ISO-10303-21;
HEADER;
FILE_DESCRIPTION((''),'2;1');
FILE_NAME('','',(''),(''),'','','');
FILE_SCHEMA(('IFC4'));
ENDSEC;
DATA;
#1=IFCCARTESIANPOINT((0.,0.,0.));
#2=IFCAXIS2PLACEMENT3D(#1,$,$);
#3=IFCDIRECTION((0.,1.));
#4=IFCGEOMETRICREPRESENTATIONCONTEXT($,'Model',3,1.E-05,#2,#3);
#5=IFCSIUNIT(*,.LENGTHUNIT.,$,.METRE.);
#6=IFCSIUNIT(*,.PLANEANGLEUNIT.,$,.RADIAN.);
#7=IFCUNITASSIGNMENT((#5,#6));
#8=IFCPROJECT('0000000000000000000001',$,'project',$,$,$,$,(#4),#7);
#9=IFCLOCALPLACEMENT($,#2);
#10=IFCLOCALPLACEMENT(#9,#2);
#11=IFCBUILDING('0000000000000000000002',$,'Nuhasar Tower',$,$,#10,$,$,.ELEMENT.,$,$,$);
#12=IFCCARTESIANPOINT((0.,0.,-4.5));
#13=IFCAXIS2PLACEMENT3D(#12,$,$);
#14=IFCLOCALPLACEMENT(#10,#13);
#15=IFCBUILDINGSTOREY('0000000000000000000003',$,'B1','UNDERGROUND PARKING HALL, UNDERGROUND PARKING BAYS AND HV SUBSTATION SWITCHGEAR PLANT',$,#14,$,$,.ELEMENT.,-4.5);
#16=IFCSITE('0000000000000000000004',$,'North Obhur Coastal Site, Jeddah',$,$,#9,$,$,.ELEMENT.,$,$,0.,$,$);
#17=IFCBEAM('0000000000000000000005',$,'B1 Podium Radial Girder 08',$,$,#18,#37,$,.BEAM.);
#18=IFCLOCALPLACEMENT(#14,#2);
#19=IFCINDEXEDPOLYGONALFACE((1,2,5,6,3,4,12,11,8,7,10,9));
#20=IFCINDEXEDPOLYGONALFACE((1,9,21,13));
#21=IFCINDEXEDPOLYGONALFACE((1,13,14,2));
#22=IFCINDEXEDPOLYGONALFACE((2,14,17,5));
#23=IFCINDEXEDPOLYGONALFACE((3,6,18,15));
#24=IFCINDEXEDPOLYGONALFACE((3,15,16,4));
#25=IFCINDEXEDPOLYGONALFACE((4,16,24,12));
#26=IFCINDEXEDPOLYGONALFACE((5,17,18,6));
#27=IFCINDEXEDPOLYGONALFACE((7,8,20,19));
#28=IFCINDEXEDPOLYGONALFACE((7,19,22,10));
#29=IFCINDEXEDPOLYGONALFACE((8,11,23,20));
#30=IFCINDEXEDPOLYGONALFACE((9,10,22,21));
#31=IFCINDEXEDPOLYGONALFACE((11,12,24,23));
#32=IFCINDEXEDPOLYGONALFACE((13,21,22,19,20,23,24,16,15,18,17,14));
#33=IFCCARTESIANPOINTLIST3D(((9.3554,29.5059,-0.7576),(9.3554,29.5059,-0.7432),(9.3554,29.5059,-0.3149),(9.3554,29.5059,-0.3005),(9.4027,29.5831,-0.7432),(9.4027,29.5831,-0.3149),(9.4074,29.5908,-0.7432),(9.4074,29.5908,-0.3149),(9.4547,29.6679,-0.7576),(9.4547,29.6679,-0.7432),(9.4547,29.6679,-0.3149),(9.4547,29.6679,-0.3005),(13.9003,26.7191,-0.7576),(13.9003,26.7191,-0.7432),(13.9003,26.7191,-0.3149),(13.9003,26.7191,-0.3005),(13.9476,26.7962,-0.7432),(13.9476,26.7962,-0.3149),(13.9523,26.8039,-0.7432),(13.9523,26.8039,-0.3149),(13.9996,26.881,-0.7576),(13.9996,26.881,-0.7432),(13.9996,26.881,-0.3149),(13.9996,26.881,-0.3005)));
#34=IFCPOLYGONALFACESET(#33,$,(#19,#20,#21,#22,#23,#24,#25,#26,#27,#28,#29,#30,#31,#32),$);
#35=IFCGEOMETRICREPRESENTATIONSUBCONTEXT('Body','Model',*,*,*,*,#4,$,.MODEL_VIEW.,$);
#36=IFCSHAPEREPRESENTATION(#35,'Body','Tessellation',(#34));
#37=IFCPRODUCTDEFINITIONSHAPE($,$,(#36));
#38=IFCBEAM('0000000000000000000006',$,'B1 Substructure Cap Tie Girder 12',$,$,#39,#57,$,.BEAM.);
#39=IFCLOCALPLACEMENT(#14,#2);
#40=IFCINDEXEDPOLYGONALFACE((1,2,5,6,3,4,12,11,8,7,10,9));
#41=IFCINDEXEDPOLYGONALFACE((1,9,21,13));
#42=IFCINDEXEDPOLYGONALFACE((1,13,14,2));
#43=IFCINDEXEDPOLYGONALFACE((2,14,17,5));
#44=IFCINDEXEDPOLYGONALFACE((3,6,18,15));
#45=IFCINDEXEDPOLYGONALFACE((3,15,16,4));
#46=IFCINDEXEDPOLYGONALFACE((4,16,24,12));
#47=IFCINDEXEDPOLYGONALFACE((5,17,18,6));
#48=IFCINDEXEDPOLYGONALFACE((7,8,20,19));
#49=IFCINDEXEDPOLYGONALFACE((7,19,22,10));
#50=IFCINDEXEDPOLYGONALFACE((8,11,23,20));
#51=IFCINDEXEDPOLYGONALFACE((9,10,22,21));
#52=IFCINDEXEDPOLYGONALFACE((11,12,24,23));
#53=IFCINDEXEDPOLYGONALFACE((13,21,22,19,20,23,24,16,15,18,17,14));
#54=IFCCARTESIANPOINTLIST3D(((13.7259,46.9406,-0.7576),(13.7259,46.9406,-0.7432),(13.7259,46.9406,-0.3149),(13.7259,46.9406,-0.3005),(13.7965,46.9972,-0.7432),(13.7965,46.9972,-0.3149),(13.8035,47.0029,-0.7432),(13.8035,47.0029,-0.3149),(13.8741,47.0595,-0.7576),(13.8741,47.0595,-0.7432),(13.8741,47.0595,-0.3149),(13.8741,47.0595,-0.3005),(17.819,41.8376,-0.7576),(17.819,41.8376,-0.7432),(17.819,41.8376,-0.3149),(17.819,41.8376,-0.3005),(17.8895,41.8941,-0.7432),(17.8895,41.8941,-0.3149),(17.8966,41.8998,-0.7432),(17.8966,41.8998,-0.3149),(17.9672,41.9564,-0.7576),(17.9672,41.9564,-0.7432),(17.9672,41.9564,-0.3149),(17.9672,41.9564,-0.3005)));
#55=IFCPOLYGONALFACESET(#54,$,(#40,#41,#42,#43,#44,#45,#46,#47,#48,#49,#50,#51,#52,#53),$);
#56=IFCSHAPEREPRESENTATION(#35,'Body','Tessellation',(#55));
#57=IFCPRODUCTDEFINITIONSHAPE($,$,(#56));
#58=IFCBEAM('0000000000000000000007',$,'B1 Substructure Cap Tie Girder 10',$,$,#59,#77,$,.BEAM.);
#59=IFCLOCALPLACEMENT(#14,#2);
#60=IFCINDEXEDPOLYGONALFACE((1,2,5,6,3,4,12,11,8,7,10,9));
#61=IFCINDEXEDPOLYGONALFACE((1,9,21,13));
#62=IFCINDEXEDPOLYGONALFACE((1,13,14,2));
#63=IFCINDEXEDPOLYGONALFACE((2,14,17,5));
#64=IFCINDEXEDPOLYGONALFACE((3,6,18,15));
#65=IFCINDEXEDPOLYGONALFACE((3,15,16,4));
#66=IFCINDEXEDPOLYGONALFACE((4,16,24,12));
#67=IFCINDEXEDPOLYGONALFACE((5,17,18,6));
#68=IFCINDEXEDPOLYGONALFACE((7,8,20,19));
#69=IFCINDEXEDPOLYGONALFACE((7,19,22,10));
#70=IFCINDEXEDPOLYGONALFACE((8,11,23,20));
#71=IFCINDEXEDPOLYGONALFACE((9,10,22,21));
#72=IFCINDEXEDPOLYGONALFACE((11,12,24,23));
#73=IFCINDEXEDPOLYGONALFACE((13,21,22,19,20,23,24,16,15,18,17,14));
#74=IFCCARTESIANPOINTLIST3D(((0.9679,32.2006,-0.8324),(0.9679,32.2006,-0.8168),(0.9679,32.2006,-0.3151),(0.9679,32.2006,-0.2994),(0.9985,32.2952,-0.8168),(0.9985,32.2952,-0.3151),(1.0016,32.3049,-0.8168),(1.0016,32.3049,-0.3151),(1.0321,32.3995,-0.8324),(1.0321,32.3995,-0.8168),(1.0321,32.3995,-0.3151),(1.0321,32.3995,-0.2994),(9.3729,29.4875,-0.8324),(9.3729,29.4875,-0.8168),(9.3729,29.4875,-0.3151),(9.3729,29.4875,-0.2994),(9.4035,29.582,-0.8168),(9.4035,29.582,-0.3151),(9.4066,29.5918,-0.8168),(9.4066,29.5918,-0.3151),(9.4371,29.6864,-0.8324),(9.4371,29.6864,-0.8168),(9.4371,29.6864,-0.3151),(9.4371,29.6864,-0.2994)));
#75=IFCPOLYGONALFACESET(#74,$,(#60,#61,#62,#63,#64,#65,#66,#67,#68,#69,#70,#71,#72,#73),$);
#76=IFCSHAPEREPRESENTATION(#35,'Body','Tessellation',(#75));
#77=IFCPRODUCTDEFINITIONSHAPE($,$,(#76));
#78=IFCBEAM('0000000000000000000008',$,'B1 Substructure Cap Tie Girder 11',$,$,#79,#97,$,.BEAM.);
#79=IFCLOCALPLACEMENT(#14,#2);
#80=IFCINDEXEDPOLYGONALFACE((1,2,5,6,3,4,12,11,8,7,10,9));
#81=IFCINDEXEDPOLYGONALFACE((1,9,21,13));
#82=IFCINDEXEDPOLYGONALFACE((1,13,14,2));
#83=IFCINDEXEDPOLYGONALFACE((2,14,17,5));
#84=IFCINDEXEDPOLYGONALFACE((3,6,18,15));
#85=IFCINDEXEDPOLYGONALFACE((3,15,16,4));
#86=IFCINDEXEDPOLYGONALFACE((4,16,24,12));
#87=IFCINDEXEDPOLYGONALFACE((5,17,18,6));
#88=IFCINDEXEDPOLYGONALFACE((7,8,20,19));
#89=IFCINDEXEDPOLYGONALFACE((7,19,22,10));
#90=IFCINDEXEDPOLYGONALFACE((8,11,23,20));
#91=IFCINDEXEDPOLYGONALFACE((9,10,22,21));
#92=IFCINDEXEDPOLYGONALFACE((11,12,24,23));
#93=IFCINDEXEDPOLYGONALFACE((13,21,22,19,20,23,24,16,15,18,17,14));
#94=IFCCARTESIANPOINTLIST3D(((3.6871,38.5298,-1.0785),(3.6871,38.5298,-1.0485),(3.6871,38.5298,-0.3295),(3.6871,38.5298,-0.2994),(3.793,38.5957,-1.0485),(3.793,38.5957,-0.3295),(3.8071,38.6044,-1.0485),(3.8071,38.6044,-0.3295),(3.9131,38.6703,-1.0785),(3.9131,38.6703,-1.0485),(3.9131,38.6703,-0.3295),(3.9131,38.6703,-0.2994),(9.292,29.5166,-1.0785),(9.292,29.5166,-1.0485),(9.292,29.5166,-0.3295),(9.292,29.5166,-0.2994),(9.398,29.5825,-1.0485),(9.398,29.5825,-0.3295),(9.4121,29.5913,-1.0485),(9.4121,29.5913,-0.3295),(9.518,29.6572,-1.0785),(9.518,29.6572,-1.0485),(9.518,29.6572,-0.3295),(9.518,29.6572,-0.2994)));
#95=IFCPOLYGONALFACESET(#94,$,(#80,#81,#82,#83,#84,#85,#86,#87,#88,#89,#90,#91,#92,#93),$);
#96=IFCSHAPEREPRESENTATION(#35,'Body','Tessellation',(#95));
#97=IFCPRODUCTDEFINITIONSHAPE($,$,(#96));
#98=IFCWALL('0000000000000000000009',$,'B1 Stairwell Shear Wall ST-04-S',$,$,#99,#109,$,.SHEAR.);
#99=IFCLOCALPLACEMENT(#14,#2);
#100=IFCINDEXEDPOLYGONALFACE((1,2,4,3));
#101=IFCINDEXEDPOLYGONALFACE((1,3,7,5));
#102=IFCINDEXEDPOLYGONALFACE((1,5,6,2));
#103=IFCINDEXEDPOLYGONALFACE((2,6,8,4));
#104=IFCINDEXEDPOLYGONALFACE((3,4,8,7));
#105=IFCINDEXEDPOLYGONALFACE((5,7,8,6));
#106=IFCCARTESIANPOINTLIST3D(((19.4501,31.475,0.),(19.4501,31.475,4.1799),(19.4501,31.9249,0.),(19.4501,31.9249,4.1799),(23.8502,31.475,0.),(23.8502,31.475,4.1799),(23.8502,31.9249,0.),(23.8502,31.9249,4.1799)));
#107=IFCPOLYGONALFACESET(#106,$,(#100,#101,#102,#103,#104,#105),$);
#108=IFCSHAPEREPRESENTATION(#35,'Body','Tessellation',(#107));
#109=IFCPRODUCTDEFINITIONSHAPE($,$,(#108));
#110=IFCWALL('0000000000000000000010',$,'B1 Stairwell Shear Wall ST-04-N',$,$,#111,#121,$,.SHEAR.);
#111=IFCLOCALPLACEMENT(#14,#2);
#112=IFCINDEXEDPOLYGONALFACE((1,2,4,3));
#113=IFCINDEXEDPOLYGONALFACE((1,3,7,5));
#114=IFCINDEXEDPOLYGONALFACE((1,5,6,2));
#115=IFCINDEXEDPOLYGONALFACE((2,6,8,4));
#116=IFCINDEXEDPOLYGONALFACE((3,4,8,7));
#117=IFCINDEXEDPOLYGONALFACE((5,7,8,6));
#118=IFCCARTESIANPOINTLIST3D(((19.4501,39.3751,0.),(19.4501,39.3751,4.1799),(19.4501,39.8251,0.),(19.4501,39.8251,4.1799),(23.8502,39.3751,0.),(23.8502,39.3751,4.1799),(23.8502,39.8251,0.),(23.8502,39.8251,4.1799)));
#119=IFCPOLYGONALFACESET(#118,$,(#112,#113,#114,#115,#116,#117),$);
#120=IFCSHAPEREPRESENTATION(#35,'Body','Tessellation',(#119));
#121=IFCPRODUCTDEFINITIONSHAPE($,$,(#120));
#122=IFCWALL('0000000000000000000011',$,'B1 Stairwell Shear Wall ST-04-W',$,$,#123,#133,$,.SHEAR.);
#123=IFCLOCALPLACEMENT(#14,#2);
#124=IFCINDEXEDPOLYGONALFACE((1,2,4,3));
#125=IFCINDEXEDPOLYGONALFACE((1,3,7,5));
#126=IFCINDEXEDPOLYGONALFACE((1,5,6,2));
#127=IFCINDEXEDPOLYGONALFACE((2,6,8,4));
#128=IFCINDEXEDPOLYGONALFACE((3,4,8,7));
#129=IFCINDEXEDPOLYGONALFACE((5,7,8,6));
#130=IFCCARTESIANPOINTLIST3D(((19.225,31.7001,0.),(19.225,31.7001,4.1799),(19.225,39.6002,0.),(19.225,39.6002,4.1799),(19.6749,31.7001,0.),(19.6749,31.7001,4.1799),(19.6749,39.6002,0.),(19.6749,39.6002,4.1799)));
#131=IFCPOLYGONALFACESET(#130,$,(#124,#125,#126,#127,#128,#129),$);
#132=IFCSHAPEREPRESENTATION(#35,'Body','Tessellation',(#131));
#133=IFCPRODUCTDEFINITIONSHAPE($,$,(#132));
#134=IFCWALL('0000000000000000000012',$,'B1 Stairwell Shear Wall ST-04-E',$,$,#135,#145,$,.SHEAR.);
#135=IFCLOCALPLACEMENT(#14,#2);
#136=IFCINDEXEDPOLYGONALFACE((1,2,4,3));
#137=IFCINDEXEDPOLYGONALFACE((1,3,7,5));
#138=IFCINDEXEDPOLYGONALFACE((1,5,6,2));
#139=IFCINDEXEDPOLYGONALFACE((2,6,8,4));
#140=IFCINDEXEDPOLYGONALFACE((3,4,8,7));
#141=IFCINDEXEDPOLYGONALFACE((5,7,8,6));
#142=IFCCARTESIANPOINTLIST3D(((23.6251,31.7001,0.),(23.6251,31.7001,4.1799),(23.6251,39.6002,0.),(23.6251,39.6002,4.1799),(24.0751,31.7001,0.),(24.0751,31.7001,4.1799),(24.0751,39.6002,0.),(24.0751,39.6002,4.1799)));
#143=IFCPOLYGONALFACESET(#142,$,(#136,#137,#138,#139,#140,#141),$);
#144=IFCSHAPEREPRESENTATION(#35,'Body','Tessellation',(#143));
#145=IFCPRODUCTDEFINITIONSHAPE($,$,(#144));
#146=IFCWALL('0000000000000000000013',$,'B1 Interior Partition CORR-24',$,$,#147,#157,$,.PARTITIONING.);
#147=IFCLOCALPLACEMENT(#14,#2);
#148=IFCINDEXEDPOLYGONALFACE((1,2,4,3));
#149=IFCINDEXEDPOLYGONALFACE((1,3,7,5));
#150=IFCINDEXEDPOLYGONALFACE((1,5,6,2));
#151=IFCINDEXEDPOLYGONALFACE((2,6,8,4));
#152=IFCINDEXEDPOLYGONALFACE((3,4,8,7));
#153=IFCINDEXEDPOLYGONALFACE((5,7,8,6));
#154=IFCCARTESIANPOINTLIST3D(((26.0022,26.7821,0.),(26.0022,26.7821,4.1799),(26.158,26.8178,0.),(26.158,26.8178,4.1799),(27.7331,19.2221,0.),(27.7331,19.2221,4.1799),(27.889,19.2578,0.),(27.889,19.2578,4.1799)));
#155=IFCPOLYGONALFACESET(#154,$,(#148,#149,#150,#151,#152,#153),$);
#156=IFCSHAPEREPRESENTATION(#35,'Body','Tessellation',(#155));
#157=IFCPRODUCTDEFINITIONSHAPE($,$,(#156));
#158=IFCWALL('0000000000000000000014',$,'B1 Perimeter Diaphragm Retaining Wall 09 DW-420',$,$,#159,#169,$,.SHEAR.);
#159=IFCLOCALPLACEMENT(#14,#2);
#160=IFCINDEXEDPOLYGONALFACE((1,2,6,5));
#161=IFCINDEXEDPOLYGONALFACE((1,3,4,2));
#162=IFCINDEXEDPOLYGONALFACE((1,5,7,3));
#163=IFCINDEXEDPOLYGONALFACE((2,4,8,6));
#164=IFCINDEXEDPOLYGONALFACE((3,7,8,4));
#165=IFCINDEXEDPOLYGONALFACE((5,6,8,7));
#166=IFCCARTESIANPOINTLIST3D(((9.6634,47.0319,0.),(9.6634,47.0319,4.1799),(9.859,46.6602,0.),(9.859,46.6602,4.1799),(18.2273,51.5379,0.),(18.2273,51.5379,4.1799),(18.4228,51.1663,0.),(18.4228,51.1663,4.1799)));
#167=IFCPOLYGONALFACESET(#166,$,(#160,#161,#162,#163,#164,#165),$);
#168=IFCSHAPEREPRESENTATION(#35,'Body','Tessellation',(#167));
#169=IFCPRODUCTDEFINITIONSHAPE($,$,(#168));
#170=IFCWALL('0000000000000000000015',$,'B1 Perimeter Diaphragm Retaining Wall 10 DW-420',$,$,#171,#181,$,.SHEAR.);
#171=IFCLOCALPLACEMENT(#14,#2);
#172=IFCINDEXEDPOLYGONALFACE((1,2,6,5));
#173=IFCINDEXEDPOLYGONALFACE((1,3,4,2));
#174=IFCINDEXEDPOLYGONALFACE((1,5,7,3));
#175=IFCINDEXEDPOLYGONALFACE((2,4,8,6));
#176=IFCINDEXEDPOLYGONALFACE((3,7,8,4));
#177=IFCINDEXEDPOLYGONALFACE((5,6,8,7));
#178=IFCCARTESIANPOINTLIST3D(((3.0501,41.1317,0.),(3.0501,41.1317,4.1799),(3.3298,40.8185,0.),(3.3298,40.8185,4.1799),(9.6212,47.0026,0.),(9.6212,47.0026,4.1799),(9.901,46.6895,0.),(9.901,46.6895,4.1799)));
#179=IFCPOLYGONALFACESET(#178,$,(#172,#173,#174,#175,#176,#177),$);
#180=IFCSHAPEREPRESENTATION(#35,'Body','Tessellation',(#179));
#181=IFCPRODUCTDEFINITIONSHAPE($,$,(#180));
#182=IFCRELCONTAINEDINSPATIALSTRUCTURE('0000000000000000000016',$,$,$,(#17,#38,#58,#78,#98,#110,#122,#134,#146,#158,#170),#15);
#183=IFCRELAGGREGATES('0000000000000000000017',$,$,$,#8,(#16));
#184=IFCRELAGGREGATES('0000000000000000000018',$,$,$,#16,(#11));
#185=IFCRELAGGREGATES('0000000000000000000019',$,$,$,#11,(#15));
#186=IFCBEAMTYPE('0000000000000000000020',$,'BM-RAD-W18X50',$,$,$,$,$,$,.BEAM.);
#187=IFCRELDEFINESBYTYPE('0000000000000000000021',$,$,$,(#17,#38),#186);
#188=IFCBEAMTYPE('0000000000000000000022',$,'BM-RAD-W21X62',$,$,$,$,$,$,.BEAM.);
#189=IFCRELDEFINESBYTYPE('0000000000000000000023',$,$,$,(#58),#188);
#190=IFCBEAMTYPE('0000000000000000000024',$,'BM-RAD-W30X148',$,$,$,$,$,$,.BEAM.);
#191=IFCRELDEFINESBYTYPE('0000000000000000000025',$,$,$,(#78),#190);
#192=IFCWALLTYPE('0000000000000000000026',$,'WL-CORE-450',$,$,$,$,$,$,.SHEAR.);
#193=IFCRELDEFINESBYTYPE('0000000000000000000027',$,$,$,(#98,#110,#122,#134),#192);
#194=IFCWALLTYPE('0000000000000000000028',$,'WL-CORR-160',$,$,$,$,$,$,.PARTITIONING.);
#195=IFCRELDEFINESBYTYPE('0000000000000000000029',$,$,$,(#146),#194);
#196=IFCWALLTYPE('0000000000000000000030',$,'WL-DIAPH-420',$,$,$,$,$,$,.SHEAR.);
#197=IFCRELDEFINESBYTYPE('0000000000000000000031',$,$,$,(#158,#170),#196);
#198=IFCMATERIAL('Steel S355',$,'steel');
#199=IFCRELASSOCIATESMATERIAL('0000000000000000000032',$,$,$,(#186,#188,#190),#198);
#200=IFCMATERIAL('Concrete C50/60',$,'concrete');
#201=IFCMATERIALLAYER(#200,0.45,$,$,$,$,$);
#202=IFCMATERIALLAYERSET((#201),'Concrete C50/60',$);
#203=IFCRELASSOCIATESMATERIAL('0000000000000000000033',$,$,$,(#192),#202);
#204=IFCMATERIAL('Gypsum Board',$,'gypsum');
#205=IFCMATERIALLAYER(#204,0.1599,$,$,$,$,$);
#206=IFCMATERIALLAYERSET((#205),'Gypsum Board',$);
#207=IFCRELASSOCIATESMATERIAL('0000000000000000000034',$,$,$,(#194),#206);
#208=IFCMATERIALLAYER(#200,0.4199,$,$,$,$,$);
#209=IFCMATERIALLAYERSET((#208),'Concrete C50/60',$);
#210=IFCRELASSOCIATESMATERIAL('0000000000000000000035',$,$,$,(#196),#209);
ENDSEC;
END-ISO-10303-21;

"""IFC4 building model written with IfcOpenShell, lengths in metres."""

from ifc_helpers import new_model, si_unit, direction, frame, frame_2d, origin, origin_2d, place, context, subcontext, project, spatial, rectangle, i_section, extrude, material, layer, layer_set, material_profile, profile_set, type_object, element, save


model = new_model("IFC4")

# Units and contexts
model_context = context("Model", 3, precision=1e-05, world=origin(), true_north=direction((0.0, 1.0)))
body_context = subcontext(model_context, "Body", "Model", "MODEL_VIEW")
ifc_project = project(units=[si_unit("LENGTHUNIT", "METRE"), si_unit("PLANEANGLEUNIT", "RADIAN")], contexts=[model_context])

# Site, building, storey
site_placement = place(None, origin())
site = spatial("IfcSite", under=ifc_project, at=site_placement, Name="North Obhur Coastal Site, Jeddah", CompositionType="ELEMENT", RefElevation=0.0)
building_placement = place(site_placement, origin())
building = spatial("IfcBuilding", under=site, at=building_placement, Name="Nuhasar Tower", CompositionType="ELEMENT")
storey_placement = place(building_placement, frame((0.0, 0.0, -4.5)))
storey = spatial("IfcBuildingStorey", under=building, at=storey_placement, Name="B1", Description="UNDERGROUND PARKING HALL, UNDERGROUND PARKING BAYS AND HV SUBSTATION SWITCHGEAR PLANT", CompositionType="ELEMENT", Elevation=-4.5)

# Shared definitions
ifc_material_1 = material(Name="Concrete C50/60", Category="concrete")

# Beams
ifc_material_2 = material(Name="Steel S355", Category="steel")
ifc_material_profile_1 = material_profile(ifc_material_2, i_section(OverallWidth=0.1899, OverallDepth=0.457, WebThickness=0.009, FlangeThickness=0.0144, at=origin_2d()), Name="W18X50")
ifc_profile_set_1 = profile_set([ifc_material_profile_1], Name="Steel S355")
beam_type_1 = type_object("IfcBeamType", Name="BM-RAD-W18X50", PredefinedType="BEAM", material=ifc_profile_set_1)
beam_1_placement = place(storey_placement, frame((13.95, 26.8, -0.5291), z_axis=(-0.852495, 0.522735, 0.0), x_axis=(-0.522735, -0.852495, 0.0)))
element("IfcBeam", 1, at=beam_1_placement, inside=storey, type_object=beam_type_1, Name="B1 Podium Radial Girder 08", PredefinedType="BEAM", context=body_context, shape_type="SweptSolid", body=[
    extrude(i_section(OverallWidth=0.1899, OverallDepth=0.457, WebThickness=0.009, FlangeThickness=0.0144, at=origin_2d()), origin(), (0.0, 0.0, 1.0), 5.3313),
])
beam_2_placement = place(storey_placement, frame((17.8931, 41.897, -0.5291), z_axis=(-0.625682, 0.780078, 0.0), x_axis=(-0.780078, -0.625682, 0.0)))
element("IfcBeam", 2, at=beam_2_placement, inside=storey, type_object=beam_type_1, Name="B1 Substructure Cap Tie Girder 12", PredefinedType="BEAM", context=body_context, shape_type="SweptSolid", body=[
    extrude(i_section(OverallWidth=0.1899, OverallDepth=0.457, WebThickness=0.009, FlangeThickness=0.0144, at=origin_2d()), origin(), (0.0, 0.0, 1.0), 6.5417),
])
ifc_material_profile_2 = material_profile(ifc_material_2, i_section(OverallWidth=0.209, OverallDepth=0.533, WebThickness=0.0103, FlangeThickness=0.0156, at=origin_2d()), Name="W21X62")
ifc_profile_set_2 = profile_set([ifc_material_profile_2], Name="Steel S355")
beam_type_2 = type_object("IfcBeamType", Name="BM-RAD-W21X62", PredefinedType="BEAM", material=ifc_profile_set_2)
beam_3_placement = place(storey_placement, frame((9.405, 29.5869, -0.5659), z_axis=(-0.951648, 0.307191, 0.0), x_axis=(-0.307191, -0.951648, 0.0)))
element("IfcBeam", 3, at=beam_3_placement, inside=storey, type_object=beam_type_2, Name="B1 Substructure Cap Tie Girder 10", PredefinedType="BEAM", context=body_context, shape_type="SweptSolid", body=[
    extrude(i_section(OverallWidth=0.209, OverallDepth=0.533, WebThickness=0.0103, FlangeThickness=0.0156, at=origin_2d()), origin(), (0.0, 0.0, 1.0), 8.832),
])
ifc_material_profile_3 = material_profile(ifc_material_2, i_section(OverallWidth=0.2661, OverallDepth=0.7791, WebThickness=0.0166, FlangeThickness=0.03, at=origin_2d()), Name="W30X148")
ifc_profile_set_3 = profile_set([ifc_material_profile_3], Name="Steel S355")
beam_type_3 = type_object("IfcBeamType", Name="BM-RAD-W30X148", PredefinedType="BEAM", material=ifc_profile_set_3)
beam_4_placement = place(storey_placement, frame((9.405, 29.5869, -0.689), z_axis=(-0.528083, 0.849193, 0.0), x_axis=(-0.849193, -0.528083, 0.0)))
element("IfcBeam", 4, at=beam_4_placement, inside=storey, type_object=beam_type_3, Name="B1 Substructure Cap Tie Girder 11", PredefinedType="BEAM", context=body_context, shape_type="SweptSolid", body=[
    extrude(i_section(OverallWidth=0.2661, OverallDepth=0.7791, WebThickness=0.0166, FlangeThickness=0.03, at=origin_2d()), origin(), (0.0, 0.0, 1.0), 10.6138),
])

# Walls
ifc_layer_1 = layer(ifc_material_1, 0.45)
ifc_layer_set_1 = layer_set([ifc_layer_1], Name="Concrete C50/60")
wall_type_1 = type_object("IfcWallType", Name="WL-CORE-450", PredefinedType="SHEAR", material=ifc_layer_set_1)
for number, where, z_axis, x_axis, name in (
    (5, (19.45, 31.7, 0.0), (0.0, 0.0, 1.0), (1.0, 0.0, 0.0), "B1 Stairwell Shear Wall ST-04-S"),
    (6, (19.45, 39.6001, 0.0), (0.0, 0.0, 1.0), (1.0, 0.0, 0.0), "B1 Stairwell Shear Wall ST-04-N"),
):
    element("IfcWall", number, at=place(storey_placement, frame(where, z_axis=z_axis, x_axis=x_axis)), inside=storey, type_object=wall_type_1, Name=name, PredefinedType="SHEAR", context=body_context, shape_type="SweptSolid", body=[
        extrude(rectangle(XDim=4.4001, YDim=0.45, at=frame_2d((2.2002, 0.0))), origin(), (0.0, 0.0, 1.0), 4.1799),
    ])
for number, where, z_axis, x_axis, name in (
    (7, (19.45, 31.7, 0.0), (0.0, 0.0, 1.0), (0.0, 1.0, 0.0), "B1 Stairwell Shear Wall ST-04-W"),
    (8, (23.8501, 31.7, 0.0), (0.0, 0.0, 1.0), (0.0, 1.0, 0.0), "B1 Stairwell Shear Wall ST-04-E"),
):
    element("IfcWall", number, at=place(storey_placement, frame(where, z_axis=z_axis, x_axis=x_axis)), inside=storey, type_object=wall_type_1, Name=name, PredefinedType="SHEAR", context=body_context, shape_type="SweptSolid", body=[
        extrude(rectangle(XDim=7.9001, YDim=0.45, at=frame_2d((3.9502, 0.0))), origin(), (0.0, 0.0, 1.0), 4.1799),
    ])
ifc_material_3 = material(Name="Gypsum Board", Category="gypsum")
ifc_layer_2 = layer(ifc_material_3, 0.1599)
ifc_layer_set_2 = layer_set([ifc_layer_2], Name="Gypsum Board")
wall_type_2 = type_object("IfcWallType", Name="WL-CORR-160", PredefinedType="PARTITIONING", material=ifc_layer_set_2)
wall_1_placement = place(storey_placement, frame((26.0801, 26.8, 0.0), z_axis=(0.0, 0.0, 1.0), x_axis=(0.223185, -0.974776, 0.0)))
element("IfcWall", 9, at=wall_1_placement, inside=storey, type_object=wall_type_2, Name="B1 Interior Partition CORR-24", PredefinedType="PARTITIONING", context=body_context, shape_type="SweptSolid", body=[
    extrude(rectangle(XDim=7.7556, YDim=0.1599, at=frame_2d((3.8779, 0.0))), origin(), (0.0, 0.0, 1.0), 4.1799),
])
ifc_layer_3 = layer(ifc_material_1, 0.4199)
ifc_layer_set_3 = layer_set([ifc_layer_3], Name="Concrete C50/60")
wall_type_3 = type_object("IfcWallType", Name="WL-DIAPH-420", PredefinedType="SHEAR", material=ifc_layer_set_3)
wall_2_placement = place(storey_placement, frame((18.325, 51.3521, 0.0), z_axis=(0.0, 0.0, 1.0), x_axis=(-0.884971, -0.465646, 0.0)))
element("IfcWall", 10, at=wall_2_placement, inside=storey, type_object=wall_type_3, Name="B1 Perimeter Diaphragm Retaining Wall 09 DW-420", PredefinedType="SHEAR", context=body_context, shape_type="SweptSolid", body=[
    extrude(rectangle(XDim=9.677, YDim=0.4199, at=frame_2d((4.8384, 0.0))), origin(), (0.0, 0.0, 1.0), 4.1799),
])
wall_3_placement = place(storey_placement, frame((9.761, 46.8459, 0.0), z_axis=(0.0, 0.0, 1.0), x_axis=(-0.745721, -0.666259, 0.0)))
element("IfcWall", 11, at=wall_3_placement, inside=storey, type_object=wall_type_3, Name="B1 Perimeter Diaphragm Retaining Wall 10 DW-420", PredefinedType="SHEAR", context=body_context, shape_type="SweptSolid", body=[
    extrude(rectangle(XDim=8.8118, YDim=0.4199, at=frame_2d((4.4058, 0.0))), origin(), (0.0, 0.0, 1.0), 4.1799),
])

save(model, "model.ifc")
